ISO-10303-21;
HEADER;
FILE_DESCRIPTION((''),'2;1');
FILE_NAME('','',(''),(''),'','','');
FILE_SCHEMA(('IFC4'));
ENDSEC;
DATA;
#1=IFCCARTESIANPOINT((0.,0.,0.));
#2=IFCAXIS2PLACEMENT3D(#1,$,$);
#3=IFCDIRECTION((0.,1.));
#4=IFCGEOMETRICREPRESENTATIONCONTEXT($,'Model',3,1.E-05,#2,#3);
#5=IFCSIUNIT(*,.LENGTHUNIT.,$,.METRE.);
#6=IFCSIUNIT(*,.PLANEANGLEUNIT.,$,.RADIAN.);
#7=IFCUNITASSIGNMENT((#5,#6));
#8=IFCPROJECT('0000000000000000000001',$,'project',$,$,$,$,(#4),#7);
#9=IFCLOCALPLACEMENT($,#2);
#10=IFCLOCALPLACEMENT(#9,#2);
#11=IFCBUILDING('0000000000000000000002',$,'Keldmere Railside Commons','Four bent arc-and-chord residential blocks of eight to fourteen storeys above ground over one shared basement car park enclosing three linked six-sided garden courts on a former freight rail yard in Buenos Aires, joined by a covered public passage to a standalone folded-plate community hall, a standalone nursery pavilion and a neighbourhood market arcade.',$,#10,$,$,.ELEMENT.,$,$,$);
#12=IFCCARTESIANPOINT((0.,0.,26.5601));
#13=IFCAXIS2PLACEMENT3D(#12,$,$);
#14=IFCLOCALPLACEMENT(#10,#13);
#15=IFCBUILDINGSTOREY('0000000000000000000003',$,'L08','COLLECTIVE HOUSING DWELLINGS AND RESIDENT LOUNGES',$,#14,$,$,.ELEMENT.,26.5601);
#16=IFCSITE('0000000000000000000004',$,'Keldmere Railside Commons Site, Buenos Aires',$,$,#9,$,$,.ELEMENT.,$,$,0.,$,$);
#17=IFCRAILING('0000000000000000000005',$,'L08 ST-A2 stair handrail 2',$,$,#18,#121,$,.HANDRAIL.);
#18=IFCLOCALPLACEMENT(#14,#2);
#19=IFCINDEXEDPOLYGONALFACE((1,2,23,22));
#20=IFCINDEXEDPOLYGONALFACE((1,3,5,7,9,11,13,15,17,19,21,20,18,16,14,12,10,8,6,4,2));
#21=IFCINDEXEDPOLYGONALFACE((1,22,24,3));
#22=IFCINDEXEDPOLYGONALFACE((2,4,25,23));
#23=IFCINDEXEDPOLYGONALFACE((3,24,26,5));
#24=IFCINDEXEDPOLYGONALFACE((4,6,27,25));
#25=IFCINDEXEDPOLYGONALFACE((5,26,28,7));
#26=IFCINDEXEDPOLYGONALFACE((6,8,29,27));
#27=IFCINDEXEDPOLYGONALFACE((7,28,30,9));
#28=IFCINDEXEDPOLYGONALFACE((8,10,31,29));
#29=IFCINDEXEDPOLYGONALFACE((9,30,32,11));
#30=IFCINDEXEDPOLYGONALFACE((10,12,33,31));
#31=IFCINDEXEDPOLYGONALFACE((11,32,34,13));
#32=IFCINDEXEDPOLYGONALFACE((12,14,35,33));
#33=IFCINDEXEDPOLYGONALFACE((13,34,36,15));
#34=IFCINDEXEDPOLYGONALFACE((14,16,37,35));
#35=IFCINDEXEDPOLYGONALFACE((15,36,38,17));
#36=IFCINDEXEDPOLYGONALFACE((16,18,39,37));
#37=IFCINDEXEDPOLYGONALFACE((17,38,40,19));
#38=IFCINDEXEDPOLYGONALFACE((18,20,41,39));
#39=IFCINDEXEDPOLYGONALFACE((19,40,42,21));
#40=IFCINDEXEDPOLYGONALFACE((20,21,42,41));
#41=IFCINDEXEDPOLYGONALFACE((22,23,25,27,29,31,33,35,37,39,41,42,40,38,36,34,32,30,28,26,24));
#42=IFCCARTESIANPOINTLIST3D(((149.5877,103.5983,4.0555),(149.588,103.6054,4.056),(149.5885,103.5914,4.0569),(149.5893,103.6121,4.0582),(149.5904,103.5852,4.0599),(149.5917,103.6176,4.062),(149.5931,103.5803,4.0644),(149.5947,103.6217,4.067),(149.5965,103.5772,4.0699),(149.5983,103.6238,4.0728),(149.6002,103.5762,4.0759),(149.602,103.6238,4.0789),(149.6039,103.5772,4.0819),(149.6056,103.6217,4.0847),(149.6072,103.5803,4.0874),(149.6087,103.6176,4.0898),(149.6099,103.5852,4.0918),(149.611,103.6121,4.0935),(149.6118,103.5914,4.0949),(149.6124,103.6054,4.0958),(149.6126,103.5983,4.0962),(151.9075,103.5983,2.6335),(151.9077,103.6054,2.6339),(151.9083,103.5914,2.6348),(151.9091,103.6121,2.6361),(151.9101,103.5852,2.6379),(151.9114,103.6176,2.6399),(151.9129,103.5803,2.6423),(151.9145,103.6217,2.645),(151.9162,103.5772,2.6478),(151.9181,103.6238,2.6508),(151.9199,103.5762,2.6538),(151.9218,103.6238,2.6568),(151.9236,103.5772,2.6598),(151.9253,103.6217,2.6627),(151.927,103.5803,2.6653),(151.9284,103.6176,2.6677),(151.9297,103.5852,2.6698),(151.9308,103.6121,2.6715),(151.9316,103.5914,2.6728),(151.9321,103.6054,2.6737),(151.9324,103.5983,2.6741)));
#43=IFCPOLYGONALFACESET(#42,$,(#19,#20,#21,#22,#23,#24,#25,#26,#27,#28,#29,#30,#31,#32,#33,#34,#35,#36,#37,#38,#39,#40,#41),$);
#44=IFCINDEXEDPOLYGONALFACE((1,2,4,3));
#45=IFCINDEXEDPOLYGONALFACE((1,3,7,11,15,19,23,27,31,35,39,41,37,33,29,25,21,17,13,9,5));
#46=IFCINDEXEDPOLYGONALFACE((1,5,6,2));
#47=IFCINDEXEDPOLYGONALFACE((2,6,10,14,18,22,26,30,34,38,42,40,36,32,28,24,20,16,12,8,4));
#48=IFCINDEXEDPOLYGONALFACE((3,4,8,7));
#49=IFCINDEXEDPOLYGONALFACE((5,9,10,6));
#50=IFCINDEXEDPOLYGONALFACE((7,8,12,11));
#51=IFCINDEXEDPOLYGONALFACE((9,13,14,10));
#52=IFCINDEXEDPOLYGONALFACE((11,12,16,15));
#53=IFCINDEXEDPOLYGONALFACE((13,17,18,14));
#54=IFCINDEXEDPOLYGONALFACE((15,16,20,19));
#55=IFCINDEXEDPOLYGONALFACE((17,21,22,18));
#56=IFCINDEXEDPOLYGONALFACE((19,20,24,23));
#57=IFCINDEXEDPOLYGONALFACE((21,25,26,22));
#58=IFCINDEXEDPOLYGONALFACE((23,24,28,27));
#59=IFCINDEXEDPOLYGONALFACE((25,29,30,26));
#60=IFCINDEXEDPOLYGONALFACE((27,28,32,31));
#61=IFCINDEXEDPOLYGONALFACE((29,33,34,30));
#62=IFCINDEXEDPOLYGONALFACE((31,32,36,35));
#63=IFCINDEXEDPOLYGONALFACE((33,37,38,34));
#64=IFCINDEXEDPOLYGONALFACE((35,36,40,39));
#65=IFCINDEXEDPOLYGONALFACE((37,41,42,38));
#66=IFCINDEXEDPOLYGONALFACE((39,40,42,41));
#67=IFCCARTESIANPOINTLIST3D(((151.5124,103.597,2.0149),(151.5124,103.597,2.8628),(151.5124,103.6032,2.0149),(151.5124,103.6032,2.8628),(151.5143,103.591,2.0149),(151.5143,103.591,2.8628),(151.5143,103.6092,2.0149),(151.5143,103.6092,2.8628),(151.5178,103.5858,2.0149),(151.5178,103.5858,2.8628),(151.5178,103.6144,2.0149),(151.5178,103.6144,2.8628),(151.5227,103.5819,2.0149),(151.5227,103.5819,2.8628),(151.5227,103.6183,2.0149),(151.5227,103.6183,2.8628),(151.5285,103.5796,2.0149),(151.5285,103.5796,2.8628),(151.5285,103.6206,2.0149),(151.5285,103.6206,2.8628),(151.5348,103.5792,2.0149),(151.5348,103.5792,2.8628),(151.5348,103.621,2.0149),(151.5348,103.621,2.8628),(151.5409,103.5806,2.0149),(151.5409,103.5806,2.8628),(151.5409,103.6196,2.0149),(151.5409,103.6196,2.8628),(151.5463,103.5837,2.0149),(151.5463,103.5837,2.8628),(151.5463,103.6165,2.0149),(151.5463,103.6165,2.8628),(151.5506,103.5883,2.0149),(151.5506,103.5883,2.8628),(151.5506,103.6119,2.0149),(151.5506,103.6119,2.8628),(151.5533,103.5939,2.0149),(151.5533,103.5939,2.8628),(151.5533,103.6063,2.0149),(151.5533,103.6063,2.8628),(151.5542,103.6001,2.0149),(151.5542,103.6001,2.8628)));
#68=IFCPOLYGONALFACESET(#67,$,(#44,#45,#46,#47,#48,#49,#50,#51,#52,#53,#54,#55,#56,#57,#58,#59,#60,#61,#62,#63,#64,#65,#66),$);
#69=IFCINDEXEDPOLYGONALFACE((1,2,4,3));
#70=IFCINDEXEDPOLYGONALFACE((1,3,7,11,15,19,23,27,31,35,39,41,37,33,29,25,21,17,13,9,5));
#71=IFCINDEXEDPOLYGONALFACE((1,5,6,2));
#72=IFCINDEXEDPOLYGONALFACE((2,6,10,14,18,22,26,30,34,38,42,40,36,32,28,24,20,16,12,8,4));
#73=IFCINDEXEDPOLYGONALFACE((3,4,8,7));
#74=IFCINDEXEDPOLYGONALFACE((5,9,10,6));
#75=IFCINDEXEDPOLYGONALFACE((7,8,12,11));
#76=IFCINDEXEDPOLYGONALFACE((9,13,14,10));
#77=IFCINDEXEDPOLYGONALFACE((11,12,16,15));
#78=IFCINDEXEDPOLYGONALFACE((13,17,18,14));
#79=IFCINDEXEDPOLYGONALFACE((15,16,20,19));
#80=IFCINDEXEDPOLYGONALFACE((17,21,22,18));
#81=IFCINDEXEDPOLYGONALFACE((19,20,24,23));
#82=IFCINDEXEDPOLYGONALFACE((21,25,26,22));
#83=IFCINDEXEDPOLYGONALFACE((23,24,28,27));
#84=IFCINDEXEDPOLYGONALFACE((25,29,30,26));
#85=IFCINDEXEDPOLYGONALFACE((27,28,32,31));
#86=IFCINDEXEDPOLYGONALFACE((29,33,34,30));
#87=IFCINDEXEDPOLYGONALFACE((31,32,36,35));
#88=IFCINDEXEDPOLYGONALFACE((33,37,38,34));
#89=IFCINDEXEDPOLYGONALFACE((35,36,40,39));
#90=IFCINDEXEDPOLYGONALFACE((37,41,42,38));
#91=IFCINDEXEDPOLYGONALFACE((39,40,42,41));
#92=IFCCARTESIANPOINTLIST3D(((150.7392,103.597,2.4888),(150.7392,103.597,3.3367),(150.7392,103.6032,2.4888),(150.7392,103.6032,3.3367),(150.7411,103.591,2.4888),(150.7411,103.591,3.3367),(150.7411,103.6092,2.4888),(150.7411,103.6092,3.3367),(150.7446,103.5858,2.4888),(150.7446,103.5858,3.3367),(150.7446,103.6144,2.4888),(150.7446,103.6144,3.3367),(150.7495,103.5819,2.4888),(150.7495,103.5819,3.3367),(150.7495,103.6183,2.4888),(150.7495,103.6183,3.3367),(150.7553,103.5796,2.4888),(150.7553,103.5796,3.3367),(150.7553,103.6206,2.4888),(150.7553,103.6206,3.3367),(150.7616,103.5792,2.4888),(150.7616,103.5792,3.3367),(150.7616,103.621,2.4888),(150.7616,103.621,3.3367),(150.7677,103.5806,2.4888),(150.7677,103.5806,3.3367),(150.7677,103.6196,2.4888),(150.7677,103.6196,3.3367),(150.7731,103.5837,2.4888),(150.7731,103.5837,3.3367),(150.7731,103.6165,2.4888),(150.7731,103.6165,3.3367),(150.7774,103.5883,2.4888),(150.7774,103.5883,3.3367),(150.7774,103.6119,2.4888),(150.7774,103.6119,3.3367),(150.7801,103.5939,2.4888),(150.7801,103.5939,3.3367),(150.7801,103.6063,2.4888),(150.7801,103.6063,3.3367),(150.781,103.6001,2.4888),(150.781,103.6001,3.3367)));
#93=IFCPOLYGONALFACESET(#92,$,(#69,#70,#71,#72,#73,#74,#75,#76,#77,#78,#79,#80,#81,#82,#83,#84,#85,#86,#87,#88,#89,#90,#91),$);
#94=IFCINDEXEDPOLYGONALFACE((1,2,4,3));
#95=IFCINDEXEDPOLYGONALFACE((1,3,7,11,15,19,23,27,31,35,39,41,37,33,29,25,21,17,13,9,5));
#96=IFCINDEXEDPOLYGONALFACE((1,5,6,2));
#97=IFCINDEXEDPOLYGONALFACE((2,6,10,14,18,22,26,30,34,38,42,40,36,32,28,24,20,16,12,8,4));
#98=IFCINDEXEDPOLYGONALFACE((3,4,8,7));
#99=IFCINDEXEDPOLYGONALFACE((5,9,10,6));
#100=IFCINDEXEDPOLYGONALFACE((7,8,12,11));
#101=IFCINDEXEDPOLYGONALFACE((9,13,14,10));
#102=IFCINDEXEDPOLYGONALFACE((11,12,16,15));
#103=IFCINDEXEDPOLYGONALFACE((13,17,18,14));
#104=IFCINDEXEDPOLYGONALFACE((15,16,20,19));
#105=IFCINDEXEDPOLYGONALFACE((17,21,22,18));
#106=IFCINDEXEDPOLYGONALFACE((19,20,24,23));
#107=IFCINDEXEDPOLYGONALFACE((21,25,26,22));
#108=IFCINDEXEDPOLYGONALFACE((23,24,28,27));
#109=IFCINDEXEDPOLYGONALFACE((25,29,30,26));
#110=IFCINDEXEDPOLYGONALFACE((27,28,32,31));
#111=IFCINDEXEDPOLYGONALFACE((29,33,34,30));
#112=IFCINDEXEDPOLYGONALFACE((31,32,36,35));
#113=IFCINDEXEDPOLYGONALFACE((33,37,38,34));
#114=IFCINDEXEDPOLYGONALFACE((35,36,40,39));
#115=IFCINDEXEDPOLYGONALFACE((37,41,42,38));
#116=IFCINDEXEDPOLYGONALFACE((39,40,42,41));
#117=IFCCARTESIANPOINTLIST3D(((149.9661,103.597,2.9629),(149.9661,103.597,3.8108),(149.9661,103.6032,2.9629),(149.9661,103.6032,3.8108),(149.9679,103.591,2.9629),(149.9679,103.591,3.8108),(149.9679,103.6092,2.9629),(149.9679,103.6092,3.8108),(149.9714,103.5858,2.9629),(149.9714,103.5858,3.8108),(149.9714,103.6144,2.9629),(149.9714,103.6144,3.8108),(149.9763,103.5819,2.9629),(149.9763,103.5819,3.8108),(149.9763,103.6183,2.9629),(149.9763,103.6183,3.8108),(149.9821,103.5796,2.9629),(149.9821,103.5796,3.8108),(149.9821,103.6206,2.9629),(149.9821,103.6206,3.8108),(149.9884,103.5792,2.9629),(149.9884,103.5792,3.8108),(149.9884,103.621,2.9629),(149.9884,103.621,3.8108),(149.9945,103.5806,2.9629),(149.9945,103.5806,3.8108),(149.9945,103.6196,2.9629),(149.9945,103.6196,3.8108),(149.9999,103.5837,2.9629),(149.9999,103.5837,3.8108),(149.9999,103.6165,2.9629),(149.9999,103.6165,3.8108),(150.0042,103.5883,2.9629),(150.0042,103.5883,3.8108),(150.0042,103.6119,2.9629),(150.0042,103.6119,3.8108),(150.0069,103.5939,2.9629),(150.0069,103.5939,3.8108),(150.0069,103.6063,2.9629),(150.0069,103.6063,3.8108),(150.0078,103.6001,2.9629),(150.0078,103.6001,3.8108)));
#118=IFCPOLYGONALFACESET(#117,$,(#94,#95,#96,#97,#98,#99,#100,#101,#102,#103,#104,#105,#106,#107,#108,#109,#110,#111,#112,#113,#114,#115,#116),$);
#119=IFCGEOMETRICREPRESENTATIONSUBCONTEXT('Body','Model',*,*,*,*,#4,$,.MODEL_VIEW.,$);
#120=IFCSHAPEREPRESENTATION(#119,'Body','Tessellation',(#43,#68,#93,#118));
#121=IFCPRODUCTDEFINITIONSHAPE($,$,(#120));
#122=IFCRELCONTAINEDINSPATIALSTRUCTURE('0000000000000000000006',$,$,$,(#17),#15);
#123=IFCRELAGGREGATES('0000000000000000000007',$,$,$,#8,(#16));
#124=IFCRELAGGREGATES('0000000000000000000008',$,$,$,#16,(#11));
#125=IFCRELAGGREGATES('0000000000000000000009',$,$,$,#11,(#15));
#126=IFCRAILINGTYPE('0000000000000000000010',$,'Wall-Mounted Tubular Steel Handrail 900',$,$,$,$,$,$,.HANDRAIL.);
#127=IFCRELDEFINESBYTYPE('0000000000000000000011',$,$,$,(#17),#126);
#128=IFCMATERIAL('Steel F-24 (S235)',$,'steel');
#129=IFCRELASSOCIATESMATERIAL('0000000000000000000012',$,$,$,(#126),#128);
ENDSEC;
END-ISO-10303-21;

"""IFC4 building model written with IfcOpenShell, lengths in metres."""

from ifc_helpers import new_model, si_unit, direction, frame, origin, origin_2d, place, context, subcontext, project, spatial, circle, extrude, material, type_object, element, save


model = new_model("IFC4")

# Units and contexts
model_context = context("Model", 3, precision=1e-05, world=origin(), true_north=direction((0.0, 1.0)))
body_context = subcontext(model_context, "Body", "Model", "MODEL_VIEW")
ifc_project = project(units=[si_unit("LENGTHUNIT", "METRE"), si_unit("PLANEANGLEUNIT", "RADIAN")], contexts=[model_context])

# Site, building, storey
site_placement = place(None, origin())
site = spatial("IfcSite", under=ifc_project, at=site_placement, Name="Keldmere Railside Commons Site, Buenos Aires", CompositionType="ELEMENT", RefElevation=0.0)
building_placement = place(site_placement, origin())
building = spatial("IfcBuilding", under=site, at=building_placement, Name="Keldmere Railside Commons", Description="Four bent arc-and-chord residential blocks of eight to fourteen storeys above ground over one shared basement car park enclosing three linked six-sided garden courts on a former freight rail yard in Buenos Aires, joined by a covered public passage to a standalone folded-plate community hall, a standalone nursery pavilion and a neighbourhood market arcade.", CompositionType="ELEMENT")
storey_placement = place(building_placement, frame((0.0, 0.0, 26.5601)))
storey = spatial("IfcBuildingStorey", under=building, at=storey_placement, Name="L08", Description="COLLECTIVE HOUSING DWELLINGS AND RESIDENT LOUNGES", CompositionType="ELEMENT", Elevation=26.5601)

# Shared definitions
ifc_material_1 = material(Name="Steel F-24 (S235)", Category="steel")

# Railing
railing_type_1 = type_object("IfcRailingType", Name="Wall-Mounted Tubular Steel Handrail 900", PredefinedType="HANDRAIL", material=ifc_material_1)
railing_1_placement = place(storey_placement, frame((151.9199, 103.6001, 1.7778)))
element("IfcRailing", 1, at=railing_1_placement, inside=storey, type_object=railing_type_1, Name="L08 ST-A2 stair handrail 2", PredefinedType="HANDRAIL", context=body_context, shape_type="SweptSolid", body=[
    extrude(circle(Radius=0.0239, at=origin_2d()), frame((0.0, 0.0, 0.876), z_axis=(-0.852554, 0.0, 0.52264), x_axis=(0.0, -1.0, 0.0)), (0.0, 0.0, 1.0), 2.7209),
    extrude(circle(Radius=0.021, at=origin_2d()), frame((-0.3867, 0.0, 0.2371)), (0.0, 0.0, 1.0), 0.8479),
    extrude(circle(Radius=0.021, at=origin_2d()), frame((-1.1599, 0.0, 0.7109)), (0.0, 0.0, 1.0), 0.8479),
    extrude(circle(Radius=0.021, at=origin_2d()), frame((-1.9331, 0.0, 1.1851)), (0.0, 0.0, 1.0), 0.8479),
])

save(model, "model.ifc")
